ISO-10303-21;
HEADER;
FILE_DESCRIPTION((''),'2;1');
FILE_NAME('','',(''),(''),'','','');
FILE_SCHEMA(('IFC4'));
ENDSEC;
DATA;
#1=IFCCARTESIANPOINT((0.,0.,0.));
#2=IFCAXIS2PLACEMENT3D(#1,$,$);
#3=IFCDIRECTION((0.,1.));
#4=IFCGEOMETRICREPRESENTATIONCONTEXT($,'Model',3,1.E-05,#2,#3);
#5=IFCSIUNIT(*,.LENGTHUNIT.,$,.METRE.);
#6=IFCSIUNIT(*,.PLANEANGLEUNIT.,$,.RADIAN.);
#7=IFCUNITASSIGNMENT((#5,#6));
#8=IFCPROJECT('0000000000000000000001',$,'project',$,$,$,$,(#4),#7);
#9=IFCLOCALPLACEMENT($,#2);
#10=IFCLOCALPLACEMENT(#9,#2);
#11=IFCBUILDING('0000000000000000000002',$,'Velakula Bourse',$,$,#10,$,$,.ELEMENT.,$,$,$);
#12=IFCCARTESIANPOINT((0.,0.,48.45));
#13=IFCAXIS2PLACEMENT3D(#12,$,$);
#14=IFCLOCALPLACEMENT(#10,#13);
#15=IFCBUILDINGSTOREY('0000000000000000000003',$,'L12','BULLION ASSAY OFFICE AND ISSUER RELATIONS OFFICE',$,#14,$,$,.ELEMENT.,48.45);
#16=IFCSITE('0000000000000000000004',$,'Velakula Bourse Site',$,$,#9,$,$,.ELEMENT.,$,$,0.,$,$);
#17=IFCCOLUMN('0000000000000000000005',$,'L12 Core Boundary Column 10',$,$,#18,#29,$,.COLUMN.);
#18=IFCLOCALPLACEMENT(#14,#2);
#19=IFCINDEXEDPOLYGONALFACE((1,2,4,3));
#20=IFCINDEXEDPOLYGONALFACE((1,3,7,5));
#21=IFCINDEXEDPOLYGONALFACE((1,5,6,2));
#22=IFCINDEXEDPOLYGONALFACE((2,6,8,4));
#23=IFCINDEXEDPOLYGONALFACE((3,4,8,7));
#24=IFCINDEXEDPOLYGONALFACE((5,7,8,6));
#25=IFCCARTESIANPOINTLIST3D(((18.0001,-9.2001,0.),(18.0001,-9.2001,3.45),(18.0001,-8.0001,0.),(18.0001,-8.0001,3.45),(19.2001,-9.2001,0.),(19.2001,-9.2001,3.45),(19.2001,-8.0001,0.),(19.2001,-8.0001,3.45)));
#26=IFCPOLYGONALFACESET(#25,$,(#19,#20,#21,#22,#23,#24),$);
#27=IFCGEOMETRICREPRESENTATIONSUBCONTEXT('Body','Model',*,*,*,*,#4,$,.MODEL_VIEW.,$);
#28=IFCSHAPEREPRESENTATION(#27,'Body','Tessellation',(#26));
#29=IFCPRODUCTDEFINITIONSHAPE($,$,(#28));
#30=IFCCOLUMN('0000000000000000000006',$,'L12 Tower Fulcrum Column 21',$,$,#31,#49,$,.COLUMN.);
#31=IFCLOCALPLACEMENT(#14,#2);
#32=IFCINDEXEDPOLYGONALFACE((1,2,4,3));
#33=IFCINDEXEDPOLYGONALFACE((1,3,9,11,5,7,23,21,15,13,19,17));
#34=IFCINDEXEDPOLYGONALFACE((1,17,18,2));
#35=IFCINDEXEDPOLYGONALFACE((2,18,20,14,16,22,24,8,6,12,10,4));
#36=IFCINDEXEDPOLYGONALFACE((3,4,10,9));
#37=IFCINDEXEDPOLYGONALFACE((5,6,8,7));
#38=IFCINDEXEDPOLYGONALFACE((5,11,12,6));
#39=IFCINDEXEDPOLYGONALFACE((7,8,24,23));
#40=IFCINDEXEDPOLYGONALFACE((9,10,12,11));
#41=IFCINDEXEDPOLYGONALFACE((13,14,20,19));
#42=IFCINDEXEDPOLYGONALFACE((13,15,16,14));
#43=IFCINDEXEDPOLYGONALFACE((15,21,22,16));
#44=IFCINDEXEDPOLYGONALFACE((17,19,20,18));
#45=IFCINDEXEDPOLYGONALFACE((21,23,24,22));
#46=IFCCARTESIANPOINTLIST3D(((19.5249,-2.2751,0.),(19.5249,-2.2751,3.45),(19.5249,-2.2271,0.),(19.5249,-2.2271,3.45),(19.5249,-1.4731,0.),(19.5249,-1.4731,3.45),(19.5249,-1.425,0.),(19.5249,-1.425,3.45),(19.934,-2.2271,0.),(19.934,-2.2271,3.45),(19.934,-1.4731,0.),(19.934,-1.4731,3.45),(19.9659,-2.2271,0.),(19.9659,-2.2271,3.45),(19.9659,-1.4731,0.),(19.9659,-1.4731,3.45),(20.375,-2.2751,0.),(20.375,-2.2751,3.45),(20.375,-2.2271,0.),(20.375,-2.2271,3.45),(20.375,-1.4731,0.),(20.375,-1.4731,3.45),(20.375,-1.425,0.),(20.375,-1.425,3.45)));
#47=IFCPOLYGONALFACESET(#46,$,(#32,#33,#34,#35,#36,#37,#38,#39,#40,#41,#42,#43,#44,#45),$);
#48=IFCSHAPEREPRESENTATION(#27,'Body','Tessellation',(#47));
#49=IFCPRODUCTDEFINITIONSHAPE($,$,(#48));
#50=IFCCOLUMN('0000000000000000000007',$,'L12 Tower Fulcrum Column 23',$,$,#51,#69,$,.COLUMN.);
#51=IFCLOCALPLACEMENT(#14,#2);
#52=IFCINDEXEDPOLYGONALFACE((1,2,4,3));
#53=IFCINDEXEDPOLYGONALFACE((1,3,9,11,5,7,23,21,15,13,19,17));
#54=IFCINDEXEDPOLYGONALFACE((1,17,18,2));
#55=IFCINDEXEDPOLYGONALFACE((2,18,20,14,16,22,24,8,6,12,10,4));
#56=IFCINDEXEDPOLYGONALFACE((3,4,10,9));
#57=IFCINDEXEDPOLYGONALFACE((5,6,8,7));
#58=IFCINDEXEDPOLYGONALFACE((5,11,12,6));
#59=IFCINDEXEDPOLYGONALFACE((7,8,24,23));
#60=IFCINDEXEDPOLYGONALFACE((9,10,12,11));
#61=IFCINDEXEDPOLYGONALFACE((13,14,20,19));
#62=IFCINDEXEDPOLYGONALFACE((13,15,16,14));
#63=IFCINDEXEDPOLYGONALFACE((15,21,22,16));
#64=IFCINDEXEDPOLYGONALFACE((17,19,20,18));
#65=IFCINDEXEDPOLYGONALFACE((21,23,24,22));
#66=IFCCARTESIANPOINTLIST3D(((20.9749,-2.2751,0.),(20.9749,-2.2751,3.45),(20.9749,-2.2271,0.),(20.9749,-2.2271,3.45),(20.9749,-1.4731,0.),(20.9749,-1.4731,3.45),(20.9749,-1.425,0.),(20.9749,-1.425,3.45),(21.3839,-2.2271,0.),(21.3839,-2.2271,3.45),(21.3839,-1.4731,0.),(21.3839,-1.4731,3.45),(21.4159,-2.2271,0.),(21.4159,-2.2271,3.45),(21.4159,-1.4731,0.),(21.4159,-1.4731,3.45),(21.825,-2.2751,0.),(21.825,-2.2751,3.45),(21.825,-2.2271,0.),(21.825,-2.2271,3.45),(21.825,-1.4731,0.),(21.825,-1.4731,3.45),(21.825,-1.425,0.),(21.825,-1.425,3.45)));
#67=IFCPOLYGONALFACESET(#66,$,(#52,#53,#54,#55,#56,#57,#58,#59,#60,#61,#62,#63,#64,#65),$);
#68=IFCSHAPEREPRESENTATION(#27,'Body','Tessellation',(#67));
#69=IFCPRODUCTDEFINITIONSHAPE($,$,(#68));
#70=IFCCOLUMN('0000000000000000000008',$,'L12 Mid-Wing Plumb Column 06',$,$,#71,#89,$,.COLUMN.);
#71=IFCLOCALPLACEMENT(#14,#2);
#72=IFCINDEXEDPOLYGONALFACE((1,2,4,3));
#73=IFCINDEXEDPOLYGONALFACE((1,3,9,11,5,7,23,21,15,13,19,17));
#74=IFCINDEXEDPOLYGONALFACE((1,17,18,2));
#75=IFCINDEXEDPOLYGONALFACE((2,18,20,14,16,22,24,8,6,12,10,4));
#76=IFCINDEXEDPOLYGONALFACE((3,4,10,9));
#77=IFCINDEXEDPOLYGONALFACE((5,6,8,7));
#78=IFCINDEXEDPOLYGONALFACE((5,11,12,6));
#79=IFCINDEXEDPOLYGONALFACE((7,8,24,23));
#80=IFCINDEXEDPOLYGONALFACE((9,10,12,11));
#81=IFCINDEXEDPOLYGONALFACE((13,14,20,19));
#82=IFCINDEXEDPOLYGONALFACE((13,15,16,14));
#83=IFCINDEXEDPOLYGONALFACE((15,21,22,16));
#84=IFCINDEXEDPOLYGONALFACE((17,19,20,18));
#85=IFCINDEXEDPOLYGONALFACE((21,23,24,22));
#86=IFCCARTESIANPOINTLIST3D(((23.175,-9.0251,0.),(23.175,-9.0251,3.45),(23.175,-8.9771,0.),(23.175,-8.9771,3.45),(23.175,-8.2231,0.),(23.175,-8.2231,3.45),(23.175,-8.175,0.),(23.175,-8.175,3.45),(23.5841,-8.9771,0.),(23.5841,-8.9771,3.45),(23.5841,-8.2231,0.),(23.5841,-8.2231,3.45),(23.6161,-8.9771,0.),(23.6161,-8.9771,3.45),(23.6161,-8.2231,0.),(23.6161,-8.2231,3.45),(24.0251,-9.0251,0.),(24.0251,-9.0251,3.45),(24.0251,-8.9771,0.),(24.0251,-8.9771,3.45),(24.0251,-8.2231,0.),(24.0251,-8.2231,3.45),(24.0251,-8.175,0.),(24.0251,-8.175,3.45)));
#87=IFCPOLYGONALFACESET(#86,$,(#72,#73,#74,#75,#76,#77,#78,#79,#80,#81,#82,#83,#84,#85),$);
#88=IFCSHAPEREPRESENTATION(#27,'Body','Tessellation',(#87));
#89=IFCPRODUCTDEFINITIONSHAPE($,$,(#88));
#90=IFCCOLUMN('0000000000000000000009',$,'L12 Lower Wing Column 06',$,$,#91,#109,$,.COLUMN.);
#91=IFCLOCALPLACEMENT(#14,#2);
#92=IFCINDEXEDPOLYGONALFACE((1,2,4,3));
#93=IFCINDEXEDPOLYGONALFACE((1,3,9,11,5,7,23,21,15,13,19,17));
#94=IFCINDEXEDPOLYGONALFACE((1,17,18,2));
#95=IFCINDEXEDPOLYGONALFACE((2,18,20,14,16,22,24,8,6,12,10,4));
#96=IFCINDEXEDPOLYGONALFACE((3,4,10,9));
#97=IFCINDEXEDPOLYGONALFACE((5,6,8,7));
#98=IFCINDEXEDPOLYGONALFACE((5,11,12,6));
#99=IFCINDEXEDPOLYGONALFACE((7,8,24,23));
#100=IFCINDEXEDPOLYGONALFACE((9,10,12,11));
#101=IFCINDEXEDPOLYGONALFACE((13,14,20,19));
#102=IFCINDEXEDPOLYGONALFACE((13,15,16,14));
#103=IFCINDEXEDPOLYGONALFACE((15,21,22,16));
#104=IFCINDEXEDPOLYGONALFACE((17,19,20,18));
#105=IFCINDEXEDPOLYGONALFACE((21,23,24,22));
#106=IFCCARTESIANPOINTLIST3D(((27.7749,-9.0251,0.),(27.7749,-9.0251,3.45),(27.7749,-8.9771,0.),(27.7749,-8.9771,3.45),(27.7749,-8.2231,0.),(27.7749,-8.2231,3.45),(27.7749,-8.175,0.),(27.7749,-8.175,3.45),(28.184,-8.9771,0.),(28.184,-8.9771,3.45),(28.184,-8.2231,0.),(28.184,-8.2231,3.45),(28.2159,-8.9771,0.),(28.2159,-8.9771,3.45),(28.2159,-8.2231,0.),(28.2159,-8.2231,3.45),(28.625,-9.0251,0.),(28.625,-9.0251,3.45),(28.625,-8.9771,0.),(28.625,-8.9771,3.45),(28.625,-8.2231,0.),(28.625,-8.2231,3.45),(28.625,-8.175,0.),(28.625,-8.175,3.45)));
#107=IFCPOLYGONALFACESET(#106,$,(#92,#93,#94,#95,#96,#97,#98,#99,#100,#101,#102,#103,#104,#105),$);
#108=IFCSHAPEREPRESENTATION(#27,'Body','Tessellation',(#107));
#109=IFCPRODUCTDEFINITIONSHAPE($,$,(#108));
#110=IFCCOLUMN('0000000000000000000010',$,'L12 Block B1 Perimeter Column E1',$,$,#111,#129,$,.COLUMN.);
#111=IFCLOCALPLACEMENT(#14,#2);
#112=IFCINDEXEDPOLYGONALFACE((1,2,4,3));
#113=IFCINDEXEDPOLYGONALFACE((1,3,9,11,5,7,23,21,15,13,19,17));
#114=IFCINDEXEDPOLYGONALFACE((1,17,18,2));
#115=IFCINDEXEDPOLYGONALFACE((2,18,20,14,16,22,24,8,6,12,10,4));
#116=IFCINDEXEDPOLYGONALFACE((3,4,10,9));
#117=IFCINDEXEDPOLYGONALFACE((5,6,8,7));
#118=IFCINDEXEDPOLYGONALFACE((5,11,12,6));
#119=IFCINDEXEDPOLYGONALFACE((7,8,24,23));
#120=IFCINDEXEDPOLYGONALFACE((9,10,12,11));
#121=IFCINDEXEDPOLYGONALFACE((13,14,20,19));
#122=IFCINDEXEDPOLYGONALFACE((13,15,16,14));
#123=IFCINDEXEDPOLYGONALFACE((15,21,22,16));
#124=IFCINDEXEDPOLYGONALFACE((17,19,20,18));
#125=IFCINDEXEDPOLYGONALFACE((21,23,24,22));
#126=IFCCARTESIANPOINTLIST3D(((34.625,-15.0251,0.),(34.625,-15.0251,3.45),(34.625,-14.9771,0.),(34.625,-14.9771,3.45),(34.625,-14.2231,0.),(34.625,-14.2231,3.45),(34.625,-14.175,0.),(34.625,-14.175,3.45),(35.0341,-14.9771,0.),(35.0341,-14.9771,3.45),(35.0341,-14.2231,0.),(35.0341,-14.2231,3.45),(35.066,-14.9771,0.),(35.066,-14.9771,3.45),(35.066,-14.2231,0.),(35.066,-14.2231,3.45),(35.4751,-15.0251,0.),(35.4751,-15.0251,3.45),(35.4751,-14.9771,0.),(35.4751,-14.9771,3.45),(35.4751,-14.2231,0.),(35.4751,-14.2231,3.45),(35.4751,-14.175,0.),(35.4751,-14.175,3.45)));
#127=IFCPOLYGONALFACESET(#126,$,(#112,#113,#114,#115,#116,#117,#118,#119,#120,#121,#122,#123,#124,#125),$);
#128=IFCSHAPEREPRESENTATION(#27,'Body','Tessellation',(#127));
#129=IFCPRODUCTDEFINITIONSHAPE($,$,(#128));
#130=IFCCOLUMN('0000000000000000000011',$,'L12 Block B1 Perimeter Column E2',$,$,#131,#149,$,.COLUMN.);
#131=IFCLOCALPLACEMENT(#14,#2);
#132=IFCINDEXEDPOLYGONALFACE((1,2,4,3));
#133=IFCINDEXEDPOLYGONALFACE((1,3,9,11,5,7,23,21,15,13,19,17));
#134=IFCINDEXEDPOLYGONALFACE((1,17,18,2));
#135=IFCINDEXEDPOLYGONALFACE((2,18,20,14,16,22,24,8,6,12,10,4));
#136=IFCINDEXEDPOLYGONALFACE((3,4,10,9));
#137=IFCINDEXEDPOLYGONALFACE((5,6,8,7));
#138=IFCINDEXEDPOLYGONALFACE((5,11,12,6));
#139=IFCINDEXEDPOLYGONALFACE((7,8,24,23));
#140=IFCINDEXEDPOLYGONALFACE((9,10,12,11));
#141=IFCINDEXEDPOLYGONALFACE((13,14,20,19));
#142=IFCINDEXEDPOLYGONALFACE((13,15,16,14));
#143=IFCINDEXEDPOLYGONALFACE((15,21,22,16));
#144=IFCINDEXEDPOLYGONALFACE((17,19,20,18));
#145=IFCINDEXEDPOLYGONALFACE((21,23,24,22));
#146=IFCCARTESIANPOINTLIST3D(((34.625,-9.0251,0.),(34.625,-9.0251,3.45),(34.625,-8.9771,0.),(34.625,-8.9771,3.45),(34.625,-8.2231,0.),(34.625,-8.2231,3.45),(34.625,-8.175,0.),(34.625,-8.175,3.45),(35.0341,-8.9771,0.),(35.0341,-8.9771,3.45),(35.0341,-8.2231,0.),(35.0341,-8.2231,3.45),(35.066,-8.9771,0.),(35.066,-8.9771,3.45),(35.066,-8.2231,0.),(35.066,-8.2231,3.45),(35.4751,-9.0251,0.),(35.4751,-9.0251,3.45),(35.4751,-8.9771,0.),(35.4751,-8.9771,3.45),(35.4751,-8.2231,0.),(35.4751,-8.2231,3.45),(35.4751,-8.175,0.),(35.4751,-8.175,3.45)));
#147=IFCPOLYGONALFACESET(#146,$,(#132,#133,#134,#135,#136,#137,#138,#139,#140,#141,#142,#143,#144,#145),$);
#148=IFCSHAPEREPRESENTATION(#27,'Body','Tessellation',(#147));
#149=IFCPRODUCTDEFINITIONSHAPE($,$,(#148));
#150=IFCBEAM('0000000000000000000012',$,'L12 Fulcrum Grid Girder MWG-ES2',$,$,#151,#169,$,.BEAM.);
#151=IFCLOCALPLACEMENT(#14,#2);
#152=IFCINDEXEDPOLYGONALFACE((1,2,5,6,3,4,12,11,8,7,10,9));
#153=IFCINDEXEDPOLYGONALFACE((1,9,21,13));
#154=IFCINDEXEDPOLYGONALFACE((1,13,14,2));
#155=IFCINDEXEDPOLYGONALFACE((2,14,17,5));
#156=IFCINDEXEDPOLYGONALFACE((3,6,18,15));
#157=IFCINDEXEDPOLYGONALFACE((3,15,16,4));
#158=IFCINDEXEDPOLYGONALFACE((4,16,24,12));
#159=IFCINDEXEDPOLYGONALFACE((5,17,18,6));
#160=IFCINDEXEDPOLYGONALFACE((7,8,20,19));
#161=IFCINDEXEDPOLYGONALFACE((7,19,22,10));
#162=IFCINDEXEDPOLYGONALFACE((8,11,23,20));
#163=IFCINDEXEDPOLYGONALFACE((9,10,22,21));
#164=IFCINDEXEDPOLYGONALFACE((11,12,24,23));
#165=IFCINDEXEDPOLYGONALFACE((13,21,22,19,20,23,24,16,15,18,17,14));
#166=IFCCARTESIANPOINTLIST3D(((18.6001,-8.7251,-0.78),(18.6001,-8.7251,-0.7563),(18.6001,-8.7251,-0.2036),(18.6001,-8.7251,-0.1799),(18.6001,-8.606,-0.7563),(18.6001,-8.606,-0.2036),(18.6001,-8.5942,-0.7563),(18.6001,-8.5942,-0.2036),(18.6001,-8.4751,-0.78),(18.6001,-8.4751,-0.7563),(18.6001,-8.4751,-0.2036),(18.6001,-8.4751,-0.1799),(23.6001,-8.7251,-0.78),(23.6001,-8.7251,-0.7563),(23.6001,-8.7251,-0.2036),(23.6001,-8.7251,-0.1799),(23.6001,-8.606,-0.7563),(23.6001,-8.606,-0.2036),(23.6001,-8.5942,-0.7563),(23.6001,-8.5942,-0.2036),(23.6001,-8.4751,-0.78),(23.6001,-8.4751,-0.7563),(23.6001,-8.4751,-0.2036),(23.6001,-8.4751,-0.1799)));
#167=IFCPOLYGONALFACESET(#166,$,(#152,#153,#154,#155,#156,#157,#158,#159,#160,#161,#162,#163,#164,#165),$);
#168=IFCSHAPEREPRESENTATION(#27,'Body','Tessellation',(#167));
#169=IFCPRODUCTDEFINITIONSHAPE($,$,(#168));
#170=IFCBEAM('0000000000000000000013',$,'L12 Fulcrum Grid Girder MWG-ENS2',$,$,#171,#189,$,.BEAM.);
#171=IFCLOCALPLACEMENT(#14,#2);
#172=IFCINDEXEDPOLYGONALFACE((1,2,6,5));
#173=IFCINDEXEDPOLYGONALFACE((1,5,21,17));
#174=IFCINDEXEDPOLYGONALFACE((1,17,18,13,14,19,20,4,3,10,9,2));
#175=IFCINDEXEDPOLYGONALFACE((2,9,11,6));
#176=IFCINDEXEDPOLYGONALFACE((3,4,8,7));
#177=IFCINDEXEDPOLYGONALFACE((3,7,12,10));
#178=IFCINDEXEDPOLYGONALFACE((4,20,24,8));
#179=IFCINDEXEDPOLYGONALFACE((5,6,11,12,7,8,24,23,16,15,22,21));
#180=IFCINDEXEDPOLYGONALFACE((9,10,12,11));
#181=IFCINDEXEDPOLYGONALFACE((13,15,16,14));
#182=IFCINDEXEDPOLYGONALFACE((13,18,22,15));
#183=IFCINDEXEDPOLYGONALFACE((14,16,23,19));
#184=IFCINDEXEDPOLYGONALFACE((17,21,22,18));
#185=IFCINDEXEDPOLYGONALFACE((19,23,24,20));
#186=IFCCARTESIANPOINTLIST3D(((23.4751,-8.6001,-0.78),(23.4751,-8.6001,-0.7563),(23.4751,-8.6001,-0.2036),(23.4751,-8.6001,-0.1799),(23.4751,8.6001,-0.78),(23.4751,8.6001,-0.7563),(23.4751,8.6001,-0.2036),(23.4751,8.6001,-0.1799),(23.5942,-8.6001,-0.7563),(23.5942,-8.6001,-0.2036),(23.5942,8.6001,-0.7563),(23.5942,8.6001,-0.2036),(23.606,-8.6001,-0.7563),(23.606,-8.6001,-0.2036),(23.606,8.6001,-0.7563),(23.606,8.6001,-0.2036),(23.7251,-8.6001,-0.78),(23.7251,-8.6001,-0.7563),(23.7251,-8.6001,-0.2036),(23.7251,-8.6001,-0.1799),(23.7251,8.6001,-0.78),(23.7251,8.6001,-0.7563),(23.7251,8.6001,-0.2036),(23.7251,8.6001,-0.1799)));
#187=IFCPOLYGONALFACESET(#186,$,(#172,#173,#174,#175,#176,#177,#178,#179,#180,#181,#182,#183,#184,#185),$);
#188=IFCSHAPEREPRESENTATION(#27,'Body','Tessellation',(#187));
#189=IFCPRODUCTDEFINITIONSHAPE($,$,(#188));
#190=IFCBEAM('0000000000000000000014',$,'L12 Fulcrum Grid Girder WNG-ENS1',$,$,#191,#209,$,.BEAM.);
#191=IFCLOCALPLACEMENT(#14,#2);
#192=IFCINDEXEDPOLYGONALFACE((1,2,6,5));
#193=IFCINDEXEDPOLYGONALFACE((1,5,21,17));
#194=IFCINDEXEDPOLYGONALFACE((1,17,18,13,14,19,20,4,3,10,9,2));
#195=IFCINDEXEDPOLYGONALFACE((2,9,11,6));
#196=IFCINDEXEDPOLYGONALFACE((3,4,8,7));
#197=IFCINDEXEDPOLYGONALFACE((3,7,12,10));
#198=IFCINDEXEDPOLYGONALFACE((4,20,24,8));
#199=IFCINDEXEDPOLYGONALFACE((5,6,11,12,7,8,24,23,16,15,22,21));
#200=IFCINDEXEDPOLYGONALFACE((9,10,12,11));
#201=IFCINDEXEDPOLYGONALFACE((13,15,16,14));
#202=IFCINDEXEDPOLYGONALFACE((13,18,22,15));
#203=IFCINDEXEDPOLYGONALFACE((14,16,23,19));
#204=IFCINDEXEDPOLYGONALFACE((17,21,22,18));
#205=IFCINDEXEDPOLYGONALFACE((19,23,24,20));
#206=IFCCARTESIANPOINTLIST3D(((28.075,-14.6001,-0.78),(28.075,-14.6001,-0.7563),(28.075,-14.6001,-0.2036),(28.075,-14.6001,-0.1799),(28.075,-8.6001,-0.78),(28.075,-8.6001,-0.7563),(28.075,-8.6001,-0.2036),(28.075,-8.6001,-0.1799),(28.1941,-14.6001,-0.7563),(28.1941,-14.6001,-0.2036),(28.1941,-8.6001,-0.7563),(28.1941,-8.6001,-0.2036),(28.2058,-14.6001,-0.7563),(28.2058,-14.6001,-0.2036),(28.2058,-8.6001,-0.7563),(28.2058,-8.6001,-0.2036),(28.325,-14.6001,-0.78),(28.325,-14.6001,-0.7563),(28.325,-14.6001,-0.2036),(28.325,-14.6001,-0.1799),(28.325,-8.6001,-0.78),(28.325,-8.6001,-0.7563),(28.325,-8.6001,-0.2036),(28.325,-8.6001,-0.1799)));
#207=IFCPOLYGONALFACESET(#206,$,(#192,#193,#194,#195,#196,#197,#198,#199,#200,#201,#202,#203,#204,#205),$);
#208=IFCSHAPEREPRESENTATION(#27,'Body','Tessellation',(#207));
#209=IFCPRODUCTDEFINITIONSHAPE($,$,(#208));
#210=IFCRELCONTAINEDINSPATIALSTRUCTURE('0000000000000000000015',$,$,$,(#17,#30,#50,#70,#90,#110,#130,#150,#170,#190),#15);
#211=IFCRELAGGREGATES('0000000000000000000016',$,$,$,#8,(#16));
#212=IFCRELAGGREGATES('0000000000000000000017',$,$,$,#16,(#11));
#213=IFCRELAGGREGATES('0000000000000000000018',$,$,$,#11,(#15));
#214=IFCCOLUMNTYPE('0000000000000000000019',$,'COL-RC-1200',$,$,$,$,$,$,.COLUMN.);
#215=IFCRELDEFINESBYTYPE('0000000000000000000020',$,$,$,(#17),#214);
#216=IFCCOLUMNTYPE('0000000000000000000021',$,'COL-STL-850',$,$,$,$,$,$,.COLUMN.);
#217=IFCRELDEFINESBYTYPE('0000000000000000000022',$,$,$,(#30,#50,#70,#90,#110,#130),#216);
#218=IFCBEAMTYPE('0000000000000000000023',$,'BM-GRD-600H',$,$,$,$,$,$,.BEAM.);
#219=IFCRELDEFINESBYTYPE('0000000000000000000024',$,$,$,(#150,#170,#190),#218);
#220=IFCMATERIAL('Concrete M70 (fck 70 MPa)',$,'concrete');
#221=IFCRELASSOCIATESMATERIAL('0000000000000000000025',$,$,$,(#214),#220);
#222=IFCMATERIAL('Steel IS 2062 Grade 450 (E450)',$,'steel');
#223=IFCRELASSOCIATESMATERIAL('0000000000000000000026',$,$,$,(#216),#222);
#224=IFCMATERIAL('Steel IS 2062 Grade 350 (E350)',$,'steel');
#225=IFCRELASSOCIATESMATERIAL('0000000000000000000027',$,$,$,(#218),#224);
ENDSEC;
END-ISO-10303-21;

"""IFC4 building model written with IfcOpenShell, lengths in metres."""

from ifc_helpers import new_model, si_unit, direction, frame, origin, origin_2d, place, context, subcontext, project, spatial, rectangle, i_section, extrude, material, material_profile, profile_set, type_object, element, save


model = new_model("IFC4")

# Units and contexts
model_context = context("Model", 3, precision=1e-05, world=origin(), true_north=direction((0.0, 1.0)))
body_context = subcontext(model_context, "Body", "Model", "MODEL_VIEW")
ifc_project = project(units=[si_unit("LENGTHUNIT", "METRE"), si_unit("PLANEANGLEUNIT", "RADIAN")], contexts=[model_context])

# Site, building, storey
site_placement = place(None, origin())
site = spatial("IfcSite", under=ifc_project, at=site_placement, Name="Velakula Bourse Site", CompositionType="ELEMENT", RefElevation=0.0)
building_placement = place(site_placement, origin())
building = spatial("IfcBuilding", under=site, at=building_placement, Name="Velakula Bourse", CompositionType="ELEMENT")
storey_placement = place(building_placement, frame((0.0, 0.0, 48.45)))
storey = spatial("IfcBuildingStorey", under=building, at=storey_placement, Name="L12", Description="BULLION ASSAY OFFICE AND ISSUER RELATIONS OFFICE", CompositionType="ELEMENT", Elevation=48.45)

# Columns
ifc_material_1 = material(Name="Concrete M70 (fck 70 MPa)", Category="concrete")
ifc_material_profile_1 = material_profile(ifc_material_1, rectangle(XDim=1.2, YDim=1.2, at=origin_2d()), Name="Concrete M70 (fck 70 MPa)")
ifc_profile_set_1 = profile_set([ifc_material_profile_1], Name="Concrete M70 (fck 70 MPa)")
column_type_1 = type_object("IfcColumnType", Name="COL-RC-1200", PredefinedType="COLUMN", material=ifc_profile_set_1)
column_placement = place(storey_placement, frame((18.6001, -8.6001, 0.0), z_axis=(0.0, 0.0, 1.0), x_axis=(1.0, 0.0, 0.0)))
element("IfcColumn", 1, at=column_placement, inside=storey, type_object=column_type_1, Name="L12 Core Boundary Column 10", PredefinedType="COLUMN", context=body_context, shape_type="SweptSolid", body=[
    extrude(rectangle(XDim=1.2, YDim=1.2, at=origin_2d()), origin(), (0.0, 0.0, 1.0), 3.45),
])
ifc_material_2 = material(Name="Steel IS 2062 Grade 450 (E450)", Category="steel")
ifc_material_profile_2 = material_profile(ifc_material_2, i_section(OverallWidth=0.8501, OverallDepth=0.8501, WebThickness=0.032, FlangeThickness=0.0481, at=origin_2d()), Name="Steel IS 2062 Grade 450 (E450)")
ifc_profile_set_2 = profile_set([ifc_material_profile_2], Name="Steel IS 2062 Grade 450 (E450)")
column_type_2 = type_object("IfcColumnType", Name="COL-STL-850", PredefinedType="COLUMN", material=ifc_profile_set_2)
for number, where, z_axis, x_axis, name in (
    (2, (19.95, -1.8501, 0.0), (0.0, 0.0, 1.0), (1.0, 0.0, 0.0), "L12 Tower Fulcrum Column 21"),
    (3, (21.3999, -1.8501, 0.0), (0.0, 0.0, 1.0), (1.0, 0.0, 0.0), "L12 Tower Fulcrum Column 23"),
    (4, (23.6001, -8.6001, 0.0), (0.0, 0.0, 1.0), (1.0, 0.0, 0.0), "L12 Mid-Wing Plumb Column 06"),
    (5, (28.2, -8.6001, 0.0), (0.0, 0.0, 1.0), (1.0, 0.0, 0.0), "L12 Lower Wing Column 06"),
    (6, (35.05, -14.6001, 0.0), (0.0, 0.0, 1.0), (1.0, 0.0, 0.0), "L12 Block B1 Perimeter Column E1"),
    (7, (35.05, -8.6001, 0.0), (0.0, 0.0, 1.0), (1.0, 0.0, 0.0), "L12 Block B1 Perimeter Column E2"),
):
    element("IfcColumn", number, at=place(storey_placement, frame(where, z_axis=z_axis, x_axis=x_axis)), inside=storey, type_object=column_type_2, Name=name, PredefinedType="COLUMN", context=body_context, shape_type="SweptSolid", body=[
        extrude(i_section(OverallWidth=0.8501, OverallDepth=0.8501, WebThickness=0.032, FlangeThickness=0.0481, at=origin_2d()), origin(), (0.0, 0.0, 1.0), 3.45),
    ])

# Beams
ifc_material_3 = material(Name="Steel IS 2062 Grade 350 (E350)", Category="steel")
ifc_material_profile_3 = material_profile(ifc_material_3, i_section(OverallWidth=0.25, OverallDepth=0.6001, WebThickness=0.0117, FlangeThickness=0.0237, at=origin_2d()), Name="Steel IS 2062 Grade 350 (E350)")
ifc_profile_set_3 = profile_set([ifc_material_profile_3], Name="Steel IS 2062 Grade 350 (E350)")
beam_type_1 = type_object("IfcBeamType", Name="BM-GRD-600H", PredefinedType="BEAM", material=ifc_profile_set_3)
beam_1_placement = place(storey_placement, frame((18.6001, -8.6001, -0.48), z_axis=(1.0, 0.0, 0.0), x_axis=(0.0, 1.0, 0.0)))
element("IfcBeam", 8, at=beam_1_placement, inside=storey, type_object=beam_type_1, Name="L12 Fulcrum Grid Girder MWG-ES2", PredefinedType="BEAM", context=body_context, shape_type="SweptSolid", body=[
    extrude(i_section(OverallWidth=0.25, OverallDepth=0.6001, WebThickness=0.0117, FlangeThickness=0.0237, at=origin_2d()), origin(), (0.0, 0.0, 1.0), 5.0),
])
beam_2_placement = place(storey_placement, frame((23.6001, -8.6001, -0.48), z_axis=(0.0, 1.0, 0.0), x_axis=(-1.0, 0.0, 0.0)))
element("IfcBeam", 9, at=beam_2_placement, inside=storey, type_object=beam_type_1, Name="L12 Fulcrum Grid Girder MWG-ENS2", PredefinedType="BEAM", context=body_context, shape_type="SweptSolid", body=[
    extrude(i_section(OverallWidth=0.25, OverallDepth=0.6001, WebThickness=0.0117, FlangeThickness=0.0237, at=origin_2d()), origin(), (0.0, 0.0, 1.0), 17.2002),
])
beam_3_placement = place(storey_placement, frame((28.2, -14.6001, -0.48), z_axis=(0.0, 1.0, 0.0), x_axis=(-1.0, 0.0, 0.0)))
element("IfcBeam", 10, at=beam_3_placement, inside=storey, type_object=beam_type_1, Name="L12 Fulcrum Grid Girder WNG-ENS1", PredefinedType="BEAM", context=body_context, shape_type="SweptSolid", body=[
    extrude(i_section(OverallWidth=0.25, OverallDepth=0.6001, WebThickness=0.0117, FlangeThickness=0.0237, at=origin_2d()), origin(), (0.0, 0.0, 1.0), 6.0),
])

save(model, "model.ifc")
